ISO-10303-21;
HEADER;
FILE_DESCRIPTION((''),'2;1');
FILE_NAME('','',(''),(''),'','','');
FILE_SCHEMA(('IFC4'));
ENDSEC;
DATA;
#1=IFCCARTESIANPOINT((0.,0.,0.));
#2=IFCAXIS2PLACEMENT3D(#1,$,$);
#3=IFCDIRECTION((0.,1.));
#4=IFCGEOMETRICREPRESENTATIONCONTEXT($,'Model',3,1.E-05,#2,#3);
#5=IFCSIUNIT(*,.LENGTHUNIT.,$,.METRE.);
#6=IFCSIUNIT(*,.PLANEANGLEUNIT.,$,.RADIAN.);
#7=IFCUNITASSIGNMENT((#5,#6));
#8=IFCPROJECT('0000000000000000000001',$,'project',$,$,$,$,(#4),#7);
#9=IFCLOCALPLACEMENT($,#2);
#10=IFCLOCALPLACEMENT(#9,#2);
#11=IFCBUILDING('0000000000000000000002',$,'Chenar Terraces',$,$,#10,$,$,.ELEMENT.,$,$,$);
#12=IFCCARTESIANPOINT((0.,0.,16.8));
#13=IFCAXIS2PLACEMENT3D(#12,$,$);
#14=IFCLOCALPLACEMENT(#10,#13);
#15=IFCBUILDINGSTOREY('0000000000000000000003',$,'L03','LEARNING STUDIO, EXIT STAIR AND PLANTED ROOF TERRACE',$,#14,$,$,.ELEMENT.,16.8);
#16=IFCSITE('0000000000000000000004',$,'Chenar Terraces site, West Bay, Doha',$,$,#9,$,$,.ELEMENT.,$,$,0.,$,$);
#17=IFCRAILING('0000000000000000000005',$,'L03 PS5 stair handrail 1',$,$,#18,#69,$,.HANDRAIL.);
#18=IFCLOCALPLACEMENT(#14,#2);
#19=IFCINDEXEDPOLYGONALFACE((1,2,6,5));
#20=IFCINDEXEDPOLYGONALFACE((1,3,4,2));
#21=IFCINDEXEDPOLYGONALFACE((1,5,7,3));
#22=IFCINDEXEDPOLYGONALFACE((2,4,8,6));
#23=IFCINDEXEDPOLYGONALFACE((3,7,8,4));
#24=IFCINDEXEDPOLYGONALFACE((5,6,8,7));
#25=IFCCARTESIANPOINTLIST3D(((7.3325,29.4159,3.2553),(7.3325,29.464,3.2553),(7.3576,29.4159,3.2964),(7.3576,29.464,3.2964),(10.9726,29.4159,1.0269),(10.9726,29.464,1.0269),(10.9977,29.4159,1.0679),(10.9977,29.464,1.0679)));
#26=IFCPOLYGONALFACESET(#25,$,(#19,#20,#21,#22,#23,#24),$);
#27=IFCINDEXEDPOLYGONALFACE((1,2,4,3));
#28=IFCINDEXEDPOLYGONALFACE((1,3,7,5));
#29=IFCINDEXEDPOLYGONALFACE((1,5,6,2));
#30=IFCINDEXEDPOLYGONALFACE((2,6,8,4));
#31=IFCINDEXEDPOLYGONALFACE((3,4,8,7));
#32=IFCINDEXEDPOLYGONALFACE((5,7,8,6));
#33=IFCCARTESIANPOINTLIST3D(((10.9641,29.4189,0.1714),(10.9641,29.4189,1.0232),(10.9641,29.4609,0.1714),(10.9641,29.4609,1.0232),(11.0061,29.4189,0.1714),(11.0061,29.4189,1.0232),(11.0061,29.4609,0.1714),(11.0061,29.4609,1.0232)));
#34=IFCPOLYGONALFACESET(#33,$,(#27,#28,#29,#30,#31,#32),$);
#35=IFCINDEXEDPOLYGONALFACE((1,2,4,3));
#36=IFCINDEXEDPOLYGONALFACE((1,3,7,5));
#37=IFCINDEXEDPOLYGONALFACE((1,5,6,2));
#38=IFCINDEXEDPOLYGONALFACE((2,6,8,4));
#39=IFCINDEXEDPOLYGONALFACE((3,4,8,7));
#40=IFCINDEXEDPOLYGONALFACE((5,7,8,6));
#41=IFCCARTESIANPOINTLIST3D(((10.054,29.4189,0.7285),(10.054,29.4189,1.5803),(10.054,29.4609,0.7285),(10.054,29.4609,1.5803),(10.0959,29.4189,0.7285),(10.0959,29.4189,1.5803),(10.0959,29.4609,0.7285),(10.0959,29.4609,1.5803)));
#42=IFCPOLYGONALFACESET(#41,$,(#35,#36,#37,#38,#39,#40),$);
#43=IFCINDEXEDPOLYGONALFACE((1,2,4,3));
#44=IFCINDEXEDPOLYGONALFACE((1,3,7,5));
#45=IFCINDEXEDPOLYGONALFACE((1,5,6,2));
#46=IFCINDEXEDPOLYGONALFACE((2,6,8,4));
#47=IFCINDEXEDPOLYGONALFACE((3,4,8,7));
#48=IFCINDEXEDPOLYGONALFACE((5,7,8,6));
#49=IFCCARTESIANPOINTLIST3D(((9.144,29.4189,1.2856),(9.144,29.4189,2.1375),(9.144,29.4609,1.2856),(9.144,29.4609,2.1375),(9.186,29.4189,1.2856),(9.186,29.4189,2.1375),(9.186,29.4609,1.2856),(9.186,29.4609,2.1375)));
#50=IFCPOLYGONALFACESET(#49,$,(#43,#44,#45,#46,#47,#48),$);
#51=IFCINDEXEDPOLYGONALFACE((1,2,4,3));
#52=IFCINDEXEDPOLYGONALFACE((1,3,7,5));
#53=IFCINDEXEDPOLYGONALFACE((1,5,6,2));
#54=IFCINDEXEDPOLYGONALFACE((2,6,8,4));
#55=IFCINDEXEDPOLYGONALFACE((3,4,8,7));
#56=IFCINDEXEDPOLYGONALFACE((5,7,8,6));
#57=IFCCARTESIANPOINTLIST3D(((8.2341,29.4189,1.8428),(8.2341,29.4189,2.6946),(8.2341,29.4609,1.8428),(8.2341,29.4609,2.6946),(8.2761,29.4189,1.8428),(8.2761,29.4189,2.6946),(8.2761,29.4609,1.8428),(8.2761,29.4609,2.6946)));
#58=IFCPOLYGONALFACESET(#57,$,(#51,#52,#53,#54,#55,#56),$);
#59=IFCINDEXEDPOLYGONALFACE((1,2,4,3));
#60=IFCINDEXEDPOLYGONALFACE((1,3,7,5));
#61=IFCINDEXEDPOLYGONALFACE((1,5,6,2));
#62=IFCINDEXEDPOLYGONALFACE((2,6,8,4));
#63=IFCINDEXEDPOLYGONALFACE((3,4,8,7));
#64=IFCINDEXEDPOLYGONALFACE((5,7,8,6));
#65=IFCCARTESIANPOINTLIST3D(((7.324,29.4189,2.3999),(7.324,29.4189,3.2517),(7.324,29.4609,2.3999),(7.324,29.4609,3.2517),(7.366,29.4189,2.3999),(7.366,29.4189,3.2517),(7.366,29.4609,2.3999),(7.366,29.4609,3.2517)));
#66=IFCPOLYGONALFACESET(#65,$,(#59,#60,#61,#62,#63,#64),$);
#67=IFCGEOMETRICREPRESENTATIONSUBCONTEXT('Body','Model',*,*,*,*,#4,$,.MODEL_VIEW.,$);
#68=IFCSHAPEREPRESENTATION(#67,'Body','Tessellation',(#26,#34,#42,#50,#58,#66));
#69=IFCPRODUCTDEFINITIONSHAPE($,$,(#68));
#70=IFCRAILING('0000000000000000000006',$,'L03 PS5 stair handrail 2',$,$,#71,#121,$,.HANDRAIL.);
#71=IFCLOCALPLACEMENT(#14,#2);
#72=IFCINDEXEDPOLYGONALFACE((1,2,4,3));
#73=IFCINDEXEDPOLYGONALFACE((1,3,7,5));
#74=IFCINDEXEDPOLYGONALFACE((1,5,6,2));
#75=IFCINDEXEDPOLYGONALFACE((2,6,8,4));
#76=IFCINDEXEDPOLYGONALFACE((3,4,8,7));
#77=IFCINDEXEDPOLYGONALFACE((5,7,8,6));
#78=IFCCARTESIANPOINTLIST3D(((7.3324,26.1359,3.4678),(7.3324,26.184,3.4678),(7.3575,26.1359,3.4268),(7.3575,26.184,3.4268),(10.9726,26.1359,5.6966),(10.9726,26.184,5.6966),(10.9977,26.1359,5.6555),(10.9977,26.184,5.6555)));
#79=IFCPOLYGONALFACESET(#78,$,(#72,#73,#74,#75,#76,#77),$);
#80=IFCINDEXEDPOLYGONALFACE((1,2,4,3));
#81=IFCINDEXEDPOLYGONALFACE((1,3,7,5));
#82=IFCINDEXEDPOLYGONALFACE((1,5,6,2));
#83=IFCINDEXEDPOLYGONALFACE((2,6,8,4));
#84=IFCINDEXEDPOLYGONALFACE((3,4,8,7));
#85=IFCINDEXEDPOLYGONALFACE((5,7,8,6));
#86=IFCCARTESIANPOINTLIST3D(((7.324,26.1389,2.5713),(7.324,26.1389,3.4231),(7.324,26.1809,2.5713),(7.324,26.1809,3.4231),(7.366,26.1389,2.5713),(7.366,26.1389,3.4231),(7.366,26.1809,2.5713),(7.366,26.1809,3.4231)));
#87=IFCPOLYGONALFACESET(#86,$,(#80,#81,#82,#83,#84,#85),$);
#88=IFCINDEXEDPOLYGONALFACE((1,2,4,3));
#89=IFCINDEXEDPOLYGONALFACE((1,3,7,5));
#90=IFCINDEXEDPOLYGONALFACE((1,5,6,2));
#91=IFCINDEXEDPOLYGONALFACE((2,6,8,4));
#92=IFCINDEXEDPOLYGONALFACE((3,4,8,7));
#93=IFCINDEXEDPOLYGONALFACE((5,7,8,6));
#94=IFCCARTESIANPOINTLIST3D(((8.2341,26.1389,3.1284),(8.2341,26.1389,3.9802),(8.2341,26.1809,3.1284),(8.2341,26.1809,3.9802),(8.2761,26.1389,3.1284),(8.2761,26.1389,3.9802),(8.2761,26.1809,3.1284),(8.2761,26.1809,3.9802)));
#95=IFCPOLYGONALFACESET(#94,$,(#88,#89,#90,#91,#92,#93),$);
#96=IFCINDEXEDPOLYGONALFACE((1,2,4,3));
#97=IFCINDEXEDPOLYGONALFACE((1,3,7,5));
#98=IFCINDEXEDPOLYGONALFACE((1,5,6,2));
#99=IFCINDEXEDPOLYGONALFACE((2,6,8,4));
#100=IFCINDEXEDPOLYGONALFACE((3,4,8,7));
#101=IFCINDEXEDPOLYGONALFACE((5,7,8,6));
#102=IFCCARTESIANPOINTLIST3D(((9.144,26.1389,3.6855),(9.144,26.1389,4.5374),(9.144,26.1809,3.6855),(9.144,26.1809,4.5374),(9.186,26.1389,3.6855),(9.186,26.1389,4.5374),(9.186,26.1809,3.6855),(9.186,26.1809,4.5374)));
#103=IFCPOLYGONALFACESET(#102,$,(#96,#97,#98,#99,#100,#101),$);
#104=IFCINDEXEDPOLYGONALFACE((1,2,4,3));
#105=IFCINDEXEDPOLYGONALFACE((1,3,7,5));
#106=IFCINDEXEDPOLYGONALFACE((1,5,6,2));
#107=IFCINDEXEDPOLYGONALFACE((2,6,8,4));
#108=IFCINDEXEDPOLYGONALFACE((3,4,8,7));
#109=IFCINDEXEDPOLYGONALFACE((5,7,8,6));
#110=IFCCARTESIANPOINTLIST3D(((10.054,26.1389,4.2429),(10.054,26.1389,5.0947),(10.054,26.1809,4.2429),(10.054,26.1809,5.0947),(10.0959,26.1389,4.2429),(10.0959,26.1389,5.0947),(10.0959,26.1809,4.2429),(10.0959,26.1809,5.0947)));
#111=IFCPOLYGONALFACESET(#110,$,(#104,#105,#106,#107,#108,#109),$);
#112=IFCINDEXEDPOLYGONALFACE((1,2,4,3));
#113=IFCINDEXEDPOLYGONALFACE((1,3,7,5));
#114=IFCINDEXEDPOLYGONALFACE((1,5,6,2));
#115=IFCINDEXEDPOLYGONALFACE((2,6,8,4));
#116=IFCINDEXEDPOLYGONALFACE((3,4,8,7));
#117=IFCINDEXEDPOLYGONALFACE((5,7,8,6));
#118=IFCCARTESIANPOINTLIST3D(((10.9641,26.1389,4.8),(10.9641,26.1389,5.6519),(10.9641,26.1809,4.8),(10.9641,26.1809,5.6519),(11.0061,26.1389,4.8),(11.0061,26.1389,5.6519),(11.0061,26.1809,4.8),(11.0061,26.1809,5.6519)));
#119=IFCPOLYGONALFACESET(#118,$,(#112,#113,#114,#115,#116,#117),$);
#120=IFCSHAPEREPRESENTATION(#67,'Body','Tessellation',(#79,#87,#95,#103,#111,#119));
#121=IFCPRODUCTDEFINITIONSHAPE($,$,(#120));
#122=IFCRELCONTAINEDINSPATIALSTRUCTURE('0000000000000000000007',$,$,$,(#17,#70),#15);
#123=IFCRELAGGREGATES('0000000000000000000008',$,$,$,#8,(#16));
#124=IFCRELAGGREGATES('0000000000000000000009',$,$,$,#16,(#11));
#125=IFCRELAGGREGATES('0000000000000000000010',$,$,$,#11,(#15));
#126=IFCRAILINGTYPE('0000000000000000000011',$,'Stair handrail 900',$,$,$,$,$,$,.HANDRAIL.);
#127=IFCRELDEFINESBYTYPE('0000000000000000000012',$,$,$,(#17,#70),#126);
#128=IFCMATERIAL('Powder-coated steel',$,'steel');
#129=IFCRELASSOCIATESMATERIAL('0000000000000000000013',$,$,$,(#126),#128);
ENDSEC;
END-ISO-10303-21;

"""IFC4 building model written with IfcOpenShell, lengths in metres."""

from ifc_helpers import new_model, si_unit, direction, frame, origin, origin_2d, place, context, subcontext, project, spatial, rectangle, extrude, material, type_object, element, save


model = new_model("IFC4")

# Units and contexts
model_context = context("Model", 3, precision=1e-05, world=origin(), true_north=direction((0.0, 1.0)))
body_context = subcontext(model_context, "Body", "Model", "MODEL_VIEW")
ifc_project = project(units=[si_unit("LENGTHUNIT", "METRE"), si_unit("PLANEANGLEUNIT", "RADIAN")], contexts=[model_context])

# Site, building, storey
site_placement = place(None, origin())
site = spatial("IfcSite", under=ifc_project, at=site_placement, Name="Chenar Terraces site, West Bay, Doha", CompositionType="ELEMENT", RefElevation=0.0)
building_placement = place(site_placement, origin())
building = spatial("IfcBuilding", under=site, at=building_placement, Name="Chenar Terraces", CompositionType="ELEMENT")
storey_placement = place(building_placement, frame((0.0, 0.0, 16.8)))
storey = spatial("IfcBuildingStorey", under=building, at=storey_placement, Name="L03", Description="LEARNING STUDIO, EXIT STAIR AND PLANTED ROOF TERRACE", CompositionType="ELEMENT", Elevation=16.8)

# Railings
ifc_material_1 = material(Name="Powder-coated steel", Category="steel")
railing_type_1 = type_object("IfcRailingType", Name="Stair handrail 900", PredefinedType="HANDRAIL", material=ifc_material_1)
railing_1_placement = place(storey_placement, frame((10.9851, 29.4399, 0.1714)))
element("IfcRailing", 1, at=railing_1_placement, inside=storey, type_object=railing_type_1, Name="L03 PS5 stair handrail 1", PredefinedType="HANDRAIL", context=body_context, shape_type="SweptSolid", body=[
    extrude(rectangle(XDim=0.0481, YDim=0.0481, at=origin_2d()), frame((0.0, 0.0, 0.876), z_axis=(-0.852866, 0.0, 0.52213), x_axis=(0.0, -1.0, 0.0)), (0.0, 0.0, 1.0), 4.2681),
    extrude(rectangle(XDim=0.042, YDim=0.042, at=origin_2d()), origin(), (0.0, 0.0, 1.0), 0.8518),
    extrude(rectangle(XDim=0.042, YDim=0.042, at=origin_2d()), frame((-0.9102, 0.0, 0.5571)), (0.0, 0.0, 1.0), 0.8518),
    extrude(rectangle(XDim=0.042, YDim=0.042, at=origin_2d()), frame((-1.8201, 0.0, 1.1143)), (0.0, 0.0, 1.0), 0.8518),
    extrude(rectangle(XDim=0.042, YDim=0.042, at=origin_2d()), frame((-2.73, 0.0, 1.6714)), (0.0, 0.0, 1.0), 0.8518),
    extrude(rectangle(XDim=0.042, YDim=0.042, at=origin_2d()), frame((-3.6401, 0.0, 2.2285)), (0.0, 0.0, 1.0), 0.8518),
])
railing_2_placement = place(storey_placement, frame((7.345, 26.1599, 2.5713)))
element("IfcRailing", 2, at=railing_2_placement, inside=storey, type_object=railing_type_1, Name="L03 PS5 stair handrail 2", PredefinedType="HANDRAIL", context=body_context, shape_type="SweptSolid", body=[
    extrude(rectangle(XDim=0.0481, YDim=0.0481, at=origin_2d()), frame((0.0, 0.0, 0.876), z_axis=(0.85284, 0.0, 0.522172), x_axis=(0.0, 1.0, 0.0)), (0.0, 0.0, 1.0), 4.2683),
    extrude(rectangle(XDim=0.042, YDim=0.042, at=origin_2d()), origin(), (0.0, 0.0, 1.0), 0.8518),
    extrude(rectangle(XDim=0.042, YDim=0.042, at=origin_2d()), frame((0.9102, 0.0, 0.5571)), (0.0, 0.0, 1.0), 0.8518),
    extrude(rectangle(XDim=0.042, YDim=0.042, at=origin_2d()), frame((1.8201, 0.0, 1.1143)), (0.0, 0.0, 1.0), 0.8518),
    extrude(rectangle(XDim=0.042, YDim=0.042, at=origin_2d()), frame((2.73, 0.0, 1.6716)), (0.0, 0.0, 1.0), 0.8518),
    extrude(rectangle(XDim=0.042, YDim=0.042, at=origin_2d()), frame((3.6401, 0.0, 2.2288)), (0.0, 0.0, 1.0), 0.8518),
])

save(model, "model.ifc")
